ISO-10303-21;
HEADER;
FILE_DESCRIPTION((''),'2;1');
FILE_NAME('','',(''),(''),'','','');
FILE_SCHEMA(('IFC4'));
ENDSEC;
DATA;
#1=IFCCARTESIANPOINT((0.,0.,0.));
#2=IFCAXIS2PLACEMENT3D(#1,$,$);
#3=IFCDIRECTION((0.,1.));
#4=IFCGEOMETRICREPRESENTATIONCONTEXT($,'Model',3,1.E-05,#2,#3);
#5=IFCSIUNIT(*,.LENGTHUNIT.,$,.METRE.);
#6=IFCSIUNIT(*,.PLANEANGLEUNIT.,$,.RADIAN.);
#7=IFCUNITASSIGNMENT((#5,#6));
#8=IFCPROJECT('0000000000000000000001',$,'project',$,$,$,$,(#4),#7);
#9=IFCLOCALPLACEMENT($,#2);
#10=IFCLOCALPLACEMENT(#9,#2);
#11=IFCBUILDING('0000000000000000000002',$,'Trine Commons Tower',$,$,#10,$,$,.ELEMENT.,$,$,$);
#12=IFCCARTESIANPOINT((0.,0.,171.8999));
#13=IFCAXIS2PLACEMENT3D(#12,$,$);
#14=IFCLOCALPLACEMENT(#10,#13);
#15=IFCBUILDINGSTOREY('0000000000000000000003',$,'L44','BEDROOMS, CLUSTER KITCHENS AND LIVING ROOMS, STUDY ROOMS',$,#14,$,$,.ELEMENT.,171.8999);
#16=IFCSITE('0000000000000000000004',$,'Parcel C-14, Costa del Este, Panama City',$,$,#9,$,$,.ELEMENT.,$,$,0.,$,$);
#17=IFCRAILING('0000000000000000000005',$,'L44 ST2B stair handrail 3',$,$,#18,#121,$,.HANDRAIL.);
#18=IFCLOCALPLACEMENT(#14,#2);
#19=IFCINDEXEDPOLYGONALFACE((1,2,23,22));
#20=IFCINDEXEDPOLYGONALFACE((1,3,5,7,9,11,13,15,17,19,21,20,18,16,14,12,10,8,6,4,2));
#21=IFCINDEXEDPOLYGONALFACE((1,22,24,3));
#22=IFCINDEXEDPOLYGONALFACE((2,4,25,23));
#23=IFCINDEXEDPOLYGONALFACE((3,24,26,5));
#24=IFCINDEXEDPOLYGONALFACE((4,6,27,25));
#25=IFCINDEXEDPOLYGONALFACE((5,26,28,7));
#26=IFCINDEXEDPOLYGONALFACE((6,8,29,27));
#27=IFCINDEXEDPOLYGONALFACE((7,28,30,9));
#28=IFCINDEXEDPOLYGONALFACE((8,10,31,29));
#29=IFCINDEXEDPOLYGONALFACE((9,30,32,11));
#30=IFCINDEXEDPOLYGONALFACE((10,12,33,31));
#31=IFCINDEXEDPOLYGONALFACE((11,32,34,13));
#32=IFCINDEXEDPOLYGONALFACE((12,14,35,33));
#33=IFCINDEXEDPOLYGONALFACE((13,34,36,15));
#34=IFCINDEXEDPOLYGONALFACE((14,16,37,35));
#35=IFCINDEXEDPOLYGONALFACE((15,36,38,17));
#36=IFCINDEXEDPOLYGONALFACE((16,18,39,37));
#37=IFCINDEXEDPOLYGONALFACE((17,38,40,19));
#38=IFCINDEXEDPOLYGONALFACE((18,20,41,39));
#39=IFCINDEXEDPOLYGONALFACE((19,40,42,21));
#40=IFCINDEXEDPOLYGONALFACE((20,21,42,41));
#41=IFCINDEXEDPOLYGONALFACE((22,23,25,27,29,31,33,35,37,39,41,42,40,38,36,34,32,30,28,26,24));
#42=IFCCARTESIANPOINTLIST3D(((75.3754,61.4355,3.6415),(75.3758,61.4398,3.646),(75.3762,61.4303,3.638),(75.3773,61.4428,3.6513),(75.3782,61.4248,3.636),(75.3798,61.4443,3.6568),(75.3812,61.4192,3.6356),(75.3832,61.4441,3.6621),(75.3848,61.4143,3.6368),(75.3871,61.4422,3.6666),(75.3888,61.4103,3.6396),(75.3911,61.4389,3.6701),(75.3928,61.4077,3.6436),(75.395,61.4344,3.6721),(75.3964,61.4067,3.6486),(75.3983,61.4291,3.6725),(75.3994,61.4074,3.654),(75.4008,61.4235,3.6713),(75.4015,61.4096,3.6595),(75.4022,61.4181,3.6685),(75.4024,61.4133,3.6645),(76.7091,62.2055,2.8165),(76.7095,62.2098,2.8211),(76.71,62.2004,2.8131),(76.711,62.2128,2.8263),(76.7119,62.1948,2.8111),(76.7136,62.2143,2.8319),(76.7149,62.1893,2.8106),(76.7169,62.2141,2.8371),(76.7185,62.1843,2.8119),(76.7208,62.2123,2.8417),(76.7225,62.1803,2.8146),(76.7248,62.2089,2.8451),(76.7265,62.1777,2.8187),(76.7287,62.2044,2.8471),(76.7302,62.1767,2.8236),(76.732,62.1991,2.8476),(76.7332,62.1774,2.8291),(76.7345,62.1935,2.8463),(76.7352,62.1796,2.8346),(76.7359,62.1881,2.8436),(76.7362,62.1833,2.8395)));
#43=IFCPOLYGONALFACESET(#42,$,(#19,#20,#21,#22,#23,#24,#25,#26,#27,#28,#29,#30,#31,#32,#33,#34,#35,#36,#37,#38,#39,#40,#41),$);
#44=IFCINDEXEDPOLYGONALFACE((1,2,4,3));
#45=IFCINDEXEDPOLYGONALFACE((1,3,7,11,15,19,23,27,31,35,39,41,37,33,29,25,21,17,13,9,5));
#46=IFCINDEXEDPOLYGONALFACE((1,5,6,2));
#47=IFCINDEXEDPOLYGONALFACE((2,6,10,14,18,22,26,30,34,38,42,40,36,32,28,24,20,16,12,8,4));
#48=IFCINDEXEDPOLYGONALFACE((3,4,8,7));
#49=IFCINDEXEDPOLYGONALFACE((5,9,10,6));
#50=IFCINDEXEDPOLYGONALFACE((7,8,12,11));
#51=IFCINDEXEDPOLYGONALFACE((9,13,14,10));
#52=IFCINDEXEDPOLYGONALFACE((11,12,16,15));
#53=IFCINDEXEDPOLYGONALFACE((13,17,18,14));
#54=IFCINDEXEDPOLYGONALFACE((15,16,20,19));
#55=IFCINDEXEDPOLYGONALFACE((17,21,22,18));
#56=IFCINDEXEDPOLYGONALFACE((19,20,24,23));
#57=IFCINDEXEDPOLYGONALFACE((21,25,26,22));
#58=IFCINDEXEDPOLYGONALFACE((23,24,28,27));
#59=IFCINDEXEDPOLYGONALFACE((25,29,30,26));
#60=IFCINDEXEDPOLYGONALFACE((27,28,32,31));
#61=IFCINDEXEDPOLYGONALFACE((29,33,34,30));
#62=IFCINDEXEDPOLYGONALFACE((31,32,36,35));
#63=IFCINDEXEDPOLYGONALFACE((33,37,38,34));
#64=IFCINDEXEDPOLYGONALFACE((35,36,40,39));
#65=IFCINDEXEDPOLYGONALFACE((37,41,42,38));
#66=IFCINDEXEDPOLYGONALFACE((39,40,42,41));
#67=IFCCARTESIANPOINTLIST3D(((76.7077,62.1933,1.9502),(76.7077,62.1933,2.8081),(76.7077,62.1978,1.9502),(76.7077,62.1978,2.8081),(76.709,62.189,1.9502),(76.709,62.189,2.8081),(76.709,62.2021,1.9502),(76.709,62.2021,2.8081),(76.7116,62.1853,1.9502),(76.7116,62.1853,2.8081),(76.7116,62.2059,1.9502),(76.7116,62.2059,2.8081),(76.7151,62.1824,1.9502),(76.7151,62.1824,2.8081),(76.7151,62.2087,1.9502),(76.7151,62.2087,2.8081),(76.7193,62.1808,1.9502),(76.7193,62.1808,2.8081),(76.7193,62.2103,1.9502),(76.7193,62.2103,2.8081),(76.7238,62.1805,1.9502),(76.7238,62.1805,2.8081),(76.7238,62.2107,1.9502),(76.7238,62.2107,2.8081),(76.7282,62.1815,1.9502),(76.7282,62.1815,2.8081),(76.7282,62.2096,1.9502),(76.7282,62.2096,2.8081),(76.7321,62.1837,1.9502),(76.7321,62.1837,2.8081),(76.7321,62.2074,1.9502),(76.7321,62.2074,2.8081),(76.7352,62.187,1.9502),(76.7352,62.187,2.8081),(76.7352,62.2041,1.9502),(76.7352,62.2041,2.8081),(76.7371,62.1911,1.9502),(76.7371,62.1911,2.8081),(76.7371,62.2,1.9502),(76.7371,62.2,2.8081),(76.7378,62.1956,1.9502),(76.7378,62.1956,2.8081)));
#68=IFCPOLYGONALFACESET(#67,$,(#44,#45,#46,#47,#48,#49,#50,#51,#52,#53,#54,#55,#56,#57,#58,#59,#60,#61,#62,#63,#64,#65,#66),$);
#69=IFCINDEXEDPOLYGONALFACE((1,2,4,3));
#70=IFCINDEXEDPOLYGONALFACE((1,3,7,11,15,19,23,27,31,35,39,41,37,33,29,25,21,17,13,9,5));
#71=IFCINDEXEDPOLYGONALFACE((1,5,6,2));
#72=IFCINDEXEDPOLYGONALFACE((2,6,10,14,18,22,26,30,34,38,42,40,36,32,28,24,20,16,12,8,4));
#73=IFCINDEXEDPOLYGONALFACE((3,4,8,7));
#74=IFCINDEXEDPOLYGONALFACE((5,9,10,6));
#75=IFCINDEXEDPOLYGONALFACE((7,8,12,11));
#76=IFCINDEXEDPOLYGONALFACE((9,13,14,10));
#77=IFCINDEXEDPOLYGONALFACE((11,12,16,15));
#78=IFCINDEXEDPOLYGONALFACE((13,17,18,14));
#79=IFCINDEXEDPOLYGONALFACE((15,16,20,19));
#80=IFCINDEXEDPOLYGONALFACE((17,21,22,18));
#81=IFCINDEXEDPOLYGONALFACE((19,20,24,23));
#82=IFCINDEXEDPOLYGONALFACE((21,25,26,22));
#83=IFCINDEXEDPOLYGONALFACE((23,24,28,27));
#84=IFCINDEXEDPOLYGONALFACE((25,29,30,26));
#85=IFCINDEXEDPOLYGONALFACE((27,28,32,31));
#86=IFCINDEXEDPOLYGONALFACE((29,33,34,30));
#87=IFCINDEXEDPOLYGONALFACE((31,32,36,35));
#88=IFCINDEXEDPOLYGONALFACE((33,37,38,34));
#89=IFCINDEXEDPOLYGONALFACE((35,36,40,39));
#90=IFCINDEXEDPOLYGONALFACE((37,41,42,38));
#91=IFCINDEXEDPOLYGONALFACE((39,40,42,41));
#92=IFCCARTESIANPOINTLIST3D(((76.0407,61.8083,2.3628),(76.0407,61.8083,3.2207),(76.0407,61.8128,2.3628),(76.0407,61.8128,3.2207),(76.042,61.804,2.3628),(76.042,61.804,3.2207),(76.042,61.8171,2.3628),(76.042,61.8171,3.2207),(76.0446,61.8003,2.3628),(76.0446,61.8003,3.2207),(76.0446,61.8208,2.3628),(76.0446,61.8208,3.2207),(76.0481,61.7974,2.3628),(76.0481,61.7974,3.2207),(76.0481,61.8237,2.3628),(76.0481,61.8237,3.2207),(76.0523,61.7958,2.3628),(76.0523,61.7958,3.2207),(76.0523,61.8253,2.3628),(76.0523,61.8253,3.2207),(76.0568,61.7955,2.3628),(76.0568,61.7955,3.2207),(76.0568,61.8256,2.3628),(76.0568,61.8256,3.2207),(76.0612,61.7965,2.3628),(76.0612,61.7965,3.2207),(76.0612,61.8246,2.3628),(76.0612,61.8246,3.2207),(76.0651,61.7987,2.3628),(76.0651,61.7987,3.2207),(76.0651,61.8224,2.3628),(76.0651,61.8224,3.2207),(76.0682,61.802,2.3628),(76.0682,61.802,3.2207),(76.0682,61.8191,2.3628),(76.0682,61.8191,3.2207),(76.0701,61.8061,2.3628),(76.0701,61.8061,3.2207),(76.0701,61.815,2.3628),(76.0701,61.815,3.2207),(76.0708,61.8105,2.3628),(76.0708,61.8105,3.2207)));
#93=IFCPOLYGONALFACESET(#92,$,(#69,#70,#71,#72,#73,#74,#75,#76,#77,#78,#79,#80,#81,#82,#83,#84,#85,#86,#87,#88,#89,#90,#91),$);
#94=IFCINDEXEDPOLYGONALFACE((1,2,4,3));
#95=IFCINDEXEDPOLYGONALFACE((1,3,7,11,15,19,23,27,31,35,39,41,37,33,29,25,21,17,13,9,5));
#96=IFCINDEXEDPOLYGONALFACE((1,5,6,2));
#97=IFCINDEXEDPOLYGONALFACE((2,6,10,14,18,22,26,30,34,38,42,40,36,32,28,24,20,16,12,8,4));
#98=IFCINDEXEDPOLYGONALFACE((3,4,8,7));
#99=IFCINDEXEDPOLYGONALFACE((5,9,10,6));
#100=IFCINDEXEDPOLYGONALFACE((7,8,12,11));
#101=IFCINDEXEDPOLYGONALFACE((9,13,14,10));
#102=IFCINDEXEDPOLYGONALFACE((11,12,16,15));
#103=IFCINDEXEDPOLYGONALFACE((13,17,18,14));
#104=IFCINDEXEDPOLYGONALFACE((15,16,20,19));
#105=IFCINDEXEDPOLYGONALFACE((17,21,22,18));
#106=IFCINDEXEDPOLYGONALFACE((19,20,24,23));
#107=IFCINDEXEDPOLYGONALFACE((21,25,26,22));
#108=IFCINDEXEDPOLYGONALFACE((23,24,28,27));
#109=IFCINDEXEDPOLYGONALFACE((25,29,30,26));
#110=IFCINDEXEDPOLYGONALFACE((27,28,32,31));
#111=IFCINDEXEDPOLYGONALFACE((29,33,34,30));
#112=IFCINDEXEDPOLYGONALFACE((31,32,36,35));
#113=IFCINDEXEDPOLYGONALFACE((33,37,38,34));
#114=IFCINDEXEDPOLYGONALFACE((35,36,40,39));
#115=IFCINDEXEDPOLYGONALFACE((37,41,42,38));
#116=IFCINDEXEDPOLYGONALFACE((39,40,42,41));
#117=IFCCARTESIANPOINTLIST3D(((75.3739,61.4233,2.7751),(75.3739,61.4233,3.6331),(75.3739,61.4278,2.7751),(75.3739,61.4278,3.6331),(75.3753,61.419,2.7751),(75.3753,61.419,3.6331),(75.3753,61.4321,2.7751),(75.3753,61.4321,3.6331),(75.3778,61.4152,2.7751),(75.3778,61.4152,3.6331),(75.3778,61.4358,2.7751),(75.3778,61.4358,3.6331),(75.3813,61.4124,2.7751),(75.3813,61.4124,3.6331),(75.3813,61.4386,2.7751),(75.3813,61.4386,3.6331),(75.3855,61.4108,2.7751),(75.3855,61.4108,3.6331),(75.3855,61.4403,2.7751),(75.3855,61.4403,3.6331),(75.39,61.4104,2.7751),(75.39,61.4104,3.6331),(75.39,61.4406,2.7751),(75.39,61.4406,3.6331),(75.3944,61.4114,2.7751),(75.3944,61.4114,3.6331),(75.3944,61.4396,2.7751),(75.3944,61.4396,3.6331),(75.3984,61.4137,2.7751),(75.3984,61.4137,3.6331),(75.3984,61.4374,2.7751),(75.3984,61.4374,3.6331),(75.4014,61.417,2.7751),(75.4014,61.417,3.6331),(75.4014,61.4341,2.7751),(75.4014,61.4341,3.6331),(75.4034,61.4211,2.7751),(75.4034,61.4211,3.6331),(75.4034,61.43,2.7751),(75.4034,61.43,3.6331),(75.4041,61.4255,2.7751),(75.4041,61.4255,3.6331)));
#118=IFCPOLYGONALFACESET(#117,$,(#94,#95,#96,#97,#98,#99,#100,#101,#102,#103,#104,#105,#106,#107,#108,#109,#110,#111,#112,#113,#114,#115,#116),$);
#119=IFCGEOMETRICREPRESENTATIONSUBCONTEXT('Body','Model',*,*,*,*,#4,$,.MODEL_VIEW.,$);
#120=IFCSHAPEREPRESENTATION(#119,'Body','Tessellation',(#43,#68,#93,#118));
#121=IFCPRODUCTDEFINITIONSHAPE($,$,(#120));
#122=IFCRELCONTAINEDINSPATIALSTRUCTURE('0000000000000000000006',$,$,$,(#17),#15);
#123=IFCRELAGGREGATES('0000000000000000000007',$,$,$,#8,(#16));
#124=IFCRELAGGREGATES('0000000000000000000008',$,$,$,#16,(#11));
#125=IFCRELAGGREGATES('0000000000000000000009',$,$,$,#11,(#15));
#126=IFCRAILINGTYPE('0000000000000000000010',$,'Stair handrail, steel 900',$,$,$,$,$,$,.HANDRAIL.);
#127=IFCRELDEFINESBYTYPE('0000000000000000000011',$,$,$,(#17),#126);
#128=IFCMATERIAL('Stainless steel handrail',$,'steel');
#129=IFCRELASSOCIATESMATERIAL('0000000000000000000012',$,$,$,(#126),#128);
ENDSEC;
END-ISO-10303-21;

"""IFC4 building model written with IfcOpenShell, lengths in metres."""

from ifc_helpers import new_model, si_unit, direction, frame, origin, origin_2d, place, context, subcontext, project, spatial, circle, extrude, material, type_object, element, save


model = new_model("IFC4")

# Units and contexts
model_context = context("Model", 3, precision=1e-05, world=origin(), true_north=direction((0.0, 1.0)))
body_context = subcontext(model_context, "Body", "Model", "MODEL_VIEW")
ifc_project = project(units=[si_unit("LENGTHUNIT", "METRE"), si_unit("PLANEANGLEUNIT", "RADIAN")], contexts=[model_context])

# Site, building, storey
site_placement = place(None, origin())
site = spatial("IfcSite", under=ifc_project, at=site_placement, Name="Parcel C-14, Costa del Este, Panama City", CompositionType="ELEMENT", RefElevation=0.0)
building_placement = place(site_placement, origin())
building = spatial("IfcBuilding", under=site, at=building_placement, Name="Trine Commons Tower", CompositionType="ELEMENT")
storey_placement = place(building_placement, frame((0.0, 0.0, 171.8999)))
storey = spatial("IfcBuildingStorey", under=building, at=storey_placement, Name="L44", Description="BEDROOMS, CLUSTER KITCHENS AND LIVING ROOMS, STUDY ROOMS", CompositionType="ELEMENT", Elevation=171.8999)

# Railing
ifc_material_1 = material(Name="Stainless steel handrail", Category="steel")
railing_type_1 = type_object("IfcRailingType", Name="Stair handrail, steel 900", PredefinedType="HANDRAIL", material=ifc_material_1)
for number, where, name in (
    (1, (76.7227, 62.1956, 1.9502), "L44 ST2B stair handrail 3"),
):
    element("IfcRailing", number, at=place(storey_placement, frame(where)), inside=storey, type_object=railing_type_1, Name=name, PredefinedType="HANDRAIL", context=body_context, shape_type="SweptSolid", body=[
        extrude(circle(Radius=0.021, at=origin_2d()), frame((0.0, 0.0, 0.8789), z_axis=(-0.763405, -0.440743, 0.472185), x_axis=(0.499992, -0.86603, 0.0)), (0.0, 0.0, 1.0), 1.7471),
        extrude(circle(Radius=0.0151, at=origin_2d()), origin(), (0.0, 0.0, 1.0), 0.8579),
        extrude(circle(Radius=0.0151, at=origin_2d()), frame((-0.667, -0.385, 0.4126)), (0.0, 0.0, 1.0), 0.8579),
        extrude(circle(Radius=0.0151, at=origin_2d()), frame((-1.3337, -0.77, 0.825)), (0.0, 0.0, 1.0), 0.8579),
    ])

save(model, "model.ifc")
